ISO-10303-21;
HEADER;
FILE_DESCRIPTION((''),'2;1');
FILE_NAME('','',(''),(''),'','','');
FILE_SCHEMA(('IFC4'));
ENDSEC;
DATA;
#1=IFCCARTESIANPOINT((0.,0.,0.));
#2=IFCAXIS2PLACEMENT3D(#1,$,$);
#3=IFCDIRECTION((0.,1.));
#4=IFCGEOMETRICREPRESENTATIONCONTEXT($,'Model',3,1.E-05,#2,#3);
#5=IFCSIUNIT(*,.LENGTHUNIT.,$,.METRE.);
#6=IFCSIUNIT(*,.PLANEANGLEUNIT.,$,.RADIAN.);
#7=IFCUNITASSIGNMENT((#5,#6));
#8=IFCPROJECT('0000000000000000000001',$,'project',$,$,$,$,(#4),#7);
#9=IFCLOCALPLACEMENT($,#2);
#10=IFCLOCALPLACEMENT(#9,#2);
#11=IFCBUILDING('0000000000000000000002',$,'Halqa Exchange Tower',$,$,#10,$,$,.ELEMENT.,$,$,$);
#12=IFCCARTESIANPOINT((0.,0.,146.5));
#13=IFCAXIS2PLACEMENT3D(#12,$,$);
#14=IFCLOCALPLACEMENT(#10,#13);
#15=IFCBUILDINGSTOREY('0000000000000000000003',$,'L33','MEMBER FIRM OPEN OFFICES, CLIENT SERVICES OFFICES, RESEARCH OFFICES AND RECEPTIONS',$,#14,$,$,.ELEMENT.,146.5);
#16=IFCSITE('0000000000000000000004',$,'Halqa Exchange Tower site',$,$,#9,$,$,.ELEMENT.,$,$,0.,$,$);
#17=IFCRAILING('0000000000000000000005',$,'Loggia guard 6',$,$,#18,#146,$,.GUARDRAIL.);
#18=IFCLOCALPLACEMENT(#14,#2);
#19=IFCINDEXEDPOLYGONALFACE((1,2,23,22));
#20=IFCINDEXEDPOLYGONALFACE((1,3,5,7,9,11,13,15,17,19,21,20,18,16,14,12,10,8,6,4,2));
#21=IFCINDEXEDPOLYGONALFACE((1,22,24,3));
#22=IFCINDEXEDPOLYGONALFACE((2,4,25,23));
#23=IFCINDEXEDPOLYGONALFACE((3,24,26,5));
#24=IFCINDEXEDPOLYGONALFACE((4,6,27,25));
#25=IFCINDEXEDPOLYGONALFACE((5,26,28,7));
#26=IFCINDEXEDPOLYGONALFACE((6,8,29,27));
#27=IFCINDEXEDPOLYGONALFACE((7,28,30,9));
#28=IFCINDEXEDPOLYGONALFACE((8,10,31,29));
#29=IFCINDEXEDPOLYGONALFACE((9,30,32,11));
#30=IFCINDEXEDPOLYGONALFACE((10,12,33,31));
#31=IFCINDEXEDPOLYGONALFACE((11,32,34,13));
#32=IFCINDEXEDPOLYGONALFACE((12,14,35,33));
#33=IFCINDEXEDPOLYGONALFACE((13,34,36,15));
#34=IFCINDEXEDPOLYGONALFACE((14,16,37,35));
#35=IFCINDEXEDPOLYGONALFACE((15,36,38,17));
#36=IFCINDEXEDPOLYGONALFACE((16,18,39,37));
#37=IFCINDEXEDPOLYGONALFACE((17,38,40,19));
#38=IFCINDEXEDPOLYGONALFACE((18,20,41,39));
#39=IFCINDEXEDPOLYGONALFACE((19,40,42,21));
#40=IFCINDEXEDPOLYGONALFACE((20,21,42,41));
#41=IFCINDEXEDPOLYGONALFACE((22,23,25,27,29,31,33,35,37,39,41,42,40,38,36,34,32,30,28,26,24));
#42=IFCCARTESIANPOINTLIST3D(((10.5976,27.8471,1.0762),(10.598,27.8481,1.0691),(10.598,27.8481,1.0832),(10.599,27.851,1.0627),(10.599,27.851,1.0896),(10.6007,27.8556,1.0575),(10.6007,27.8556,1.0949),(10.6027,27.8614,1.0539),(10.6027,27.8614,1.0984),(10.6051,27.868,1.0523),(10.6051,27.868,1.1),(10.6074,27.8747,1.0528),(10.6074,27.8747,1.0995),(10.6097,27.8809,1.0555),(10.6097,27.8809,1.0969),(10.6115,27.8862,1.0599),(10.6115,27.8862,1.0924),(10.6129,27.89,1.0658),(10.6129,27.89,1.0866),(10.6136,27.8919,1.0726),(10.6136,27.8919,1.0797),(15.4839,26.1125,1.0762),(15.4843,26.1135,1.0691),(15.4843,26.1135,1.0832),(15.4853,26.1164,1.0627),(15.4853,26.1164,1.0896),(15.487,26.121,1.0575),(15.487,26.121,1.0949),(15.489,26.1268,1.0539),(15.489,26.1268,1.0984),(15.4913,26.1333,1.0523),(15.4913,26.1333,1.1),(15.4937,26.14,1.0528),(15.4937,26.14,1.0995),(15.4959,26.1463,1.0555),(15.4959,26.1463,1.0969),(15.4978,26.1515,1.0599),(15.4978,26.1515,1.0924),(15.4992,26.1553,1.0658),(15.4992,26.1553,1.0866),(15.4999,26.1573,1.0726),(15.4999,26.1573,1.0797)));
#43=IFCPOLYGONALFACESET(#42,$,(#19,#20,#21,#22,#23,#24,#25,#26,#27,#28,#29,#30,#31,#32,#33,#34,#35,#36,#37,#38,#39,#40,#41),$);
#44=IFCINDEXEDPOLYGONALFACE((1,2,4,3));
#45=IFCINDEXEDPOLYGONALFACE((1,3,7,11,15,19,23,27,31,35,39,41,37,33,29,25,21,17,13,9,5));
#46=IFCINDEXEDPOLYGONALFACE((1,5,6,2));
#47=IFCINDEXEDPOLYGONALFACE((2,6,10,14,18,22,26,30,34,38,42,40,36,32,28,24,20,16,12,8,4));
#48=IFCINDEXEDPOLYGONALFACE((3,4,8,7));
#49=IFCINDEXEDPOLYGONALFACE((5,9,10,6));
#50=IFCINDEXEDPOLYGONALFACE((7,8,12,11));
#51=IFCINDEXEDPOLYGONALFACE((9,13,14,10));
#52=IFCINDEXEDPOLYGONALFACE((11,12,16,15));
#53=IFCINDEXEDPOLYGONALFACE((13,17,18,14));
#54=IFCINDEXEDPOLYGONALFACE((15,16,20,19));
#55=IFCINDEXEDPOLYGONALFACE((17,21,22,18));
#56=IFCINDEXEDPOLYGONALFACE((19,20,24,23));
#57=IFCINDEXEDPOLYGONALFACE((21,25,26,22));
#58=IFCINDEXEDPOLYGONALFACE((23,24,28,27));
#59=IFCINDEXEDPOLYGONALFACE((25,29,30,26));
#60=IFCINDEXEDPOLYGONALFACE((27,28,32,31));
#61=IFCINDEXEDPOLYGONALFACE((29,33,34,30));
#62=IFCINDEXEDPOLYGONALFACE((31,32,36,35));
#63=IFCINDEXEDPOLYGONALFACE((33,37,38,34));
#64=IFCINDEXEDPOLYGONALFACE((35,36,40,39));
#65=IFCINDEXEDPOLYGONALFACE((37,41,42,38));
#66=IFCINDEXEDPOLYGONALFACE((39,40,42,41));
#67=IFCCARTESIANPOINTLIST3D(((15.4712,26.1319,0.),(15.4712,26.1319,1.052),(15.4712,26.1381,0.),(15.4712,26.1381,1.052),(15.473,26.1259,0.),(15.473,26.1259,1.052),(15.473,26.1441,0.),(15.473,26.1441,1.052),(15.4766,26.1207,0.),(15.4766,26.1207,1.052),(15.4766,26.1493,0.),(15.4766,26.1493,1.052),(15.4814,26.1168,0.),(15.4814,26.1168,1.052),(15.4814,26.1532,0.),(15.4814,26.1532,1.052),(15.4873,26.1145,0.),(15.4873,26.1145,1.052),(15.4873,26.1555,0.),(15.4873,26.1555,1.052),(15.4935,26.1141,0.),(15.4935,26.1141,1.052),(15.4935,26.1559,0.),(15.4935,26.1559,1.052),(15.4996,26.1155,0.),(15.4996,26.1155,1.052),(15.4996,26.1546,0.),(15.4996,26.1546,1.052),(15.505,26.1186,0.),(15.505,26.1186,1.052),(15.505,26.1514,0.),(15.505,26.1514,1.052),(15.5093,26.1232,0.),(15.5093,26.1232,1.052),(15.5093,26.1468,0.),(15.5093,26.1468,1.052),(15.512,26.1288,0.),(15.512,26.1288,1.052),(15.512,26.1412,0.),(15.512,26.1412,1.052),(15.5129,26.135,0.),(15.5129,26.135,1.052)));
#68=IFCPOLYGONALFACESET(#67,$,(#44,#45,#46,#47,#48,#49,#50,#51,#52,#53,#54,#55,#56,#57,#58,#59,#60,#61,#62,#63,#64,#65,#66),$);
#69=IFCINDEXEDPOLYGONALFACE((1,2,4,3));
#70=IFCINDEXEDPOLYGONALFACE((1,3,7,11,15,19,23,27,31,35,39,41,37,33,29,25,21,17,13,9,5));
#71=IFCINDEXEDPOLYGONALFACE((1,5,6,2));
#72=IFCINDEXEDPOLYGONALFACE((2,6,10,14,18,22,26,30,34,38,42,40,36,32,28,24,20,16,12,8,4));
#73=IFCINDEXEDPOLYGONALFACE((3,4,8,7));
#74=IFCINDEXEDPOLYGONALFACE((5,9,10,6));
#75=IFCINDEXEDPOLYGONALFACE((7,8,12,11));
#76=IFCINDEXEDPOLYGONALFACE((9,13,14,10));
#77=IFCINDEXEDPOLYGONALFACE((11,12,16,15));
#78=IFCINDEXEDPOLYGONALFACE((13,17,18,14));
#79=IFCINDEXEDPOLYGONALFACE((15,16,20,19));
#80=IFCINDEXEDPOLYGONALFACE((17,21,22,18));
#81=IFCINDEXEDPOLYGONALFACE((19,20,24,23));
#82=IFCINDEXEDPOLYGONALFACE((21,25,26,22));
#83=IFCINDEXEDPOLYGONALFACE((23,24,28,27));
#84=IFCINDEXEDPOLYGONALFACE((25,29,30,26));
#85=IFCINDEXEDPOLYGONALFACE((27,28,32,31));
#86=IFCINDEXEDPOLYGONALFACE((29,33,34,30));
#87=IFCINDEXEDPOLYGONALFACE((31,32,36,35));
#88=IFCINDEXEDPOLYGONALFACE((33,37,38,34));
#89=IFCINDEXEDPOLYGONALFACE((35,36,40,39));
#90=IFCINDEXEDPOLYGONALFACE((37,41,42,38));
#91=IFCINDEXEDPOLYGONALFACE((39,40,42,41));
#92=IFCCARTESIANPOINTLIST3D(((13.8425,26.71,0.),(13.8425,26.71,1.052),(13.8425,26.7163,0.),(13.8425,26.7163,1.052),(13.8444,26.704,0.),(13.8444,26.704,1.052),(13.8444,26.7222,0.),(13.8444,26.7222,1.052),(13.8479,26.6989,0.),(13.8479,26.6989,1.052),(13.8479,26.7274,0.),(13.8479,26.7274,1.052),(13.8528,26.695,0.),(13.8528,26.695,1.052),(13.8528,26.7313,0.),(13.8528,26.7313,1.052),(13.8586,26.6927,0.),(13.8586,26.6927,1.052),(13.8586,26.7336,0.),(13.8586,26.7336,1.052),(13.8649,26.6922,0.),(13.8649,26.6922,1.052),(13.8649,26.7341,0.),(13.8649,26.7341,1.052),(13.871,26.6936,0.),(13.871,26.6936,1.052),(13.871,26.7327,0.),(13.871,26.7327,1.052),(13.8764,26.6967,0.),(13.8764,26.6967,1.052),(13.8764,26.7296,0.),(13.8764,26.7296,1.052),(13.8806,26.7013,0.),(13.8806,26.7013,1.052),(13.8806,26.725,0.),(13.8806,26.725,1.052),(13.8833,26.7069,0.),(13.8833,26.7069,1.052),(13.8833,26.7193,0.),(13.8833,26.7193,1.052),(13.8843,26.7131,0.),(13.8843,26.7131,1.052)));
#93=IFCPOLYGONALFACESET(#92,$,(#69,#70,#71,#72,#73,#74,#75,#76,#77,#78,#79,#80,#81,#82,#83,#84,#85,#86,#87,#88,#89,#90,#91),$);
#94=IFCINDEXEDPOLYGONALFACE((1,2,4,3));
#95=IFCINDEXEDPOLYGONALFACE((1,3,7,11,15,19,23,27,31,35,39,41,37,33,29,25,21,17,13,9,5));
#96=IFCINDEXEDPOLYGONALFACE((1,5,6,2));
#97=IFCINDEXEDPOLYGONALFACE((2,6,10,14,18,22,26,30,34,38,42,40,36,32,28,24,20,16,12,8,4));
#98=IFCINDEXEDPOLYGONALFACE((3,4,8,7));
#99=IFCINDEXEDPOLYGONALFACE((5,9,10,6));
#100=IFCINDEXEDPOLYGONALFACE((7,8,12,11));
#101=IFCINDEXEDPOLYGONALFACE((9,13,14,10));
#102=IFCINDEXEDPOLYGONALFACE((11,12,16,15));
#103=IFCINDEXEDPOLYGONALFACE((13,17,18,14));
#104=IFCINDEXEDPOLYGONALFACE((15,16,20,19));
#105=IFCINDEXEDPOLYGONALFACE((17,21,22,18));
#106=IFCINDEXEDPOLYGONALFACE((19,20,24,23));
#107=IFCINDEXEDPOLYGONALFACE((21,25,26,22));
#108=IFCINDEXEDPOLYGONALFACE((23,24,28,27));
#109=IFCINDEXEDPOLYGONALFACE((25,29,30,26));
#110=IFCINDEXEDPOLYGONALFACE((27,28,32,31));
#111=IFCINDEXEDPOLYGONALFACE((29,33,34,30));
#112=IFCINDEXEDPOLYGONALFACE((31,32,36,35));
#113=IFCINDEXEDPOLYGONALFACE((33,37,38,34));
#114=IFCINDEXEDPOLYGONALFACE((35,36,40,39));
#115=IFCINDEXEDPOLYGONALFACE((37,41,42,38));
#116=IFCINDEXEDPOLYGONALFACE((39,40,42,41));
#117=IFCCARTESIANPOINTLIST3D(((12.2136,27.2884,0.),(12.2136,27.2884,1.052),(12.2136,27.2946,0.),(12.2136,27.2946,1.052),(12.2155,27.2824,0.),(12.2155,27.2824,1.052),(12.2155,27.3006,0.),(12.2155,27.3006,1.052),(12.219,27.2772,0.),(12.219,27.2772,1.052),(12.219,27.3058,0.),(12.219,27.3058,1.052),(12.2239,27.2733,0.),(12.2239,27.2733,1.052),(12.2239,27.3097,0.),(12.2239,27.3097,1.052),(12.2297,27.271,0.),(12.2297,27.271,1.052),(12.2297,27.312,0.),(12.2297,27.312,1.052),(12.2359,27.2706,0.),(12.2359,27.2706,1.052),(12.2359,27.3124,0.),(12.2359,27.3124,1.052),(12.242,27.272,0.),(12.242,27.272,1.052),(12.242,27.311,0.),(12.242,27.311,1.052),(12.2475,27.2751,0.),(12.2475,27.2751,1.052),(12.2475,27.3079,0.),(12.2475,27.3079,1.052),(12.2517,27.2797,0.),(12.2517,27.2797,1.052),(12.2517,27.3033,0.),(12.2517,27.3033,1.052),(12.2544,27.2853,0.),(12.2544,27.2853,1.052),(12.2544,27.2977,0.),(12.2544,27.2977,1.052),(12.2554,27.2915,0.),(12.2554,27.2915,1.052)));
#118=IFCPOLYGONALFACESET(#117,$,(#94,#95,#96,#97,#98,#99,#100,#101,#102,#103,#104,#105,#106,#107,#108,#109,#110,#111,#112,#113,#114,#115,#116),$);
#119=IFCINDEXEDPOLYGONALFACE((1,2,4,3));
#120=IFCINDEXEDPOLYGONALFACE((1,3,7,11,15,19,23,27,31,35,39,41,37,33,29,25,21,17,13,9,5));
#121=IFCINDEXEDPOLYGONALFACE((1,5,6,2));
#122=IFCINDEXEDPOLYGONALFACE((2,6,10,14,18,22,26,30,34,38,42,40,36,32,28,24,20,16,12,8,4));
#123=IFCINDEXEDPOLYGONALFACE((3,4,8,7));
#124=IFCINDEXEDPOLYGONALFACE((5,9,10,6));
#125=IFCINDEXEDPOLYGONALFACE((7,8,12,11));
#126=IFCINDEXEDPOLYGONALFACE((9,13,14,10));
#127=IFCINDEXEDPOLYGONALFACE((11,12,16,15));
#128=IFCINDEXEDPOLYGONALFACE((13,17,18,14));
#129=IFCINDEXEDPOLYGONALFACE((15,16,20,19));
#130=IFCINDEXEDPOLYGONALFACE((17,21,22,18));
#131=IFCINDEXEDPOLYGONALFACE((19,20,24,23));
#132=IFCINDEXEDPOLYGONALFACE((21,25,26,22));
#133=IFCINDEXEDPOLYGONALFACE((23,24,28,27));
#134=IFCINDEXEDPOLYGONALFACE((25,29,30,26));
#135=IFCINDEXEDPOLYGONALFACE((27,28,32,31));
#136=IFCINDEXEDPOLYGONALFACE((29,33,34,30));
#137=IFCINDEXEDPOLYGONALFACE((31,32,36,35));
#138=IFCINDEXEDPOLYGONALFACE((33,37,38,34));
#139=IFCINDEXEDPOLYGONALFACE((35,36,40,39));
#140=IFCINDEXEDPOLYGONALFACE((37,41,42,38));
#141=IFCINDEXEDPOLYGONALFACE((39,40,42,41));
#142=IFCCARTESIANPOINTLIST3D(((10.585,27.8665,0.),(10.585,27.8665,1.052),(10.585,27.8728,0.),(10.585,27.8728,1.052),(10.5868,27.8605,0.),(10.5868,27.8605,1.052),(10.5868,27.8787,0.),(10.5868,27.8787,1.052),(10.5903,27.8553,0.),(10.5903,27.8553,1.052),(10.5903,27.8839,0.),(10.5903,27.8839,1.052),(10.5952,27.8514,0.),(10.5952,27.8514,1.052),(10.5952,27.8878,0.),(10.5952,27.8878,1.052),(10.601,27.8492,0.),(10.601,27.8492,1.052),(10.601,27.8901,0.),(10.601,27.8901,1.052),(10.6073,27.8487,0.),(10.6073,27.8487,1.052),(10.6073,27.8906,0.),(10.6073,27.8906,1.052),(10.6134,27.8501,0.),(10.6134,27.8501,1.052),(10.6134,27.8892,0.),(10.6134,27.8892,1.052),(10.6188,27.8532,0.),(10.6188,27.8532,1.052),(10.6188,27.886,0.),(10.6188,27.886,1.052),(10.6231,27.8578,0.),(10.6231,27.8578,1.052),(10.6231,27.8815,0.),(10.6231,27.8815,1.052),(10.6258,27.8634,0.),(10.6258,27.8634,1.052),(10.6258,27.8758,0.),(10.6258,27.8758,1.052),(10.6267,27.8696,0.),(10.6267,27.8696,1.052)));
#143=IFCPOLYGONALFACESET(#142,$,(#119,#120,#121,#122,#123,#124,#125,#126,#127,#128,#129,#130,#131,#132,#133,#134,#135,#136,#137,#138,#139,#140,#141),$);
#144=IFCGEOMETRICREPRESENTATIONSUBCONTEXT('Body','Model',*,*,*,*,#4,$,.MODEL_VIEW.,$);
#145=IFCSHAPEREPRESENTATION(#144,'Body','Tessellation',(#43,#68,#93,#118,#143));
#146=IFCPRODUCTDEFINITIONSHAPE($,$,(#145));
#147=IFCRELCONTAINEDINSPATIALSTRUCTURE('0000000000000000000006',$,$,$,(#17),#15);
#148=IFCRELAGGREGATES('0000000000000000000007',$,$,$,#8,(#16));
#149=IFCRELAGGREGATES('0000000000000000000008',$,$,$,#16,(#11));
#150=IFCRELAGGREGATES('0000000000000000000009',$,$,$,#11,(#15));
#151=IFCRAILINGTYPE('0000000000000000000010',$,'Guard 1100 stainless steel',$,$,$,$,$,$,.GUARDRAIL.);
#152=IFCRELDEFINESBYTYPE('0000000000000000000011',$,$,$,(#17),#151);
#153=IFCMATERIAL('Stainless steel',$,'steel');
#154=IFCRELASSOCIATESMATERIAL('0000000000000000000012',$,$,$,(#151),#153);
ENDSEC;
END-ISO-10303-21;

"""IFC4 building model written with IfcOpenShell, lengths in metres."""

from ifc_helpers import new_model, si_unit, direction, frame, origin, origin_2d, place, context, subcontext, project, spatial, circle, extrude, material, type_object, element, save


model = new_model("IFC4")

# Units and contexts
model_context = context("Model", 3, precision=1e-05, world=origin(), true_north=direction((0.0, 1.0)))
body_context = subcontext(model_context, "Body", "Model", "MODEL_VIEW")
ifc_project = project(units=[si_unit("LENGTHUNIT", "METRE"), si_unit("PLANEANGLEUNIT", "RADIAN")], contexts=[model_context])

# Site, building, storey
site_placement = place(None, origin())
site = spatial("IfcSite", under=ifc_project, at=site_placement, Name="Halqa Exchange Tower site", CompositionType="ELEMENT", RefElevation=0.0)
building_placement = place(site_placement, origin())
building = spatial("IfcBuilding", under=site, at=building_placement, Name="Halqa Exchange Tower", CompositionType="ELEMENT")
storey_placement = place(building_placement, frame((0.0, 0.0, 146.5)))
storey = spatial("IfcBuildingStorey", under=building, at=storey_placement, Name="L33", Description="MEMBER FIRM OPEN OFFICES, CLIENT SERVICES OFFICES, RESEARCH OFFICES AND RECEPTIONS", CompositionType="ELEMENT", Elevation=146.5)

# Railing
ifc_material_1 = material(Name="Stainless steel", Category="steel")
railing_type = type_object("IfcRailingType", Name="Guard 1100 stainless steel", PredefinedType="GUARDRAIL", material=ifc_material_1)
railing_1_placement = place(storey_placement, frame((15.4919, 26.135, 0.0)))
element("IfcRailing", 1, at=railing_1_placement, inside=storey, type_object=railing_type, Name="Loggia guard 6", PredefinedType="GUARDRAIL", context=body_context, shape_type="SweptSolid", body=[
    extrude(circle(Radius=0.0239, at=origin_2d()), frame((0.0, 0.0, 1.0762), z_axis=(-0.942379, 0.334546, 0.0), x_axis=(-0.334546, -0.942379, 0.0)), (0.0, 0.0, 1.0), 5.1851),
    extrude(circle(Radius=0.021, at=origin_2d()), origin(), (0.0, 0.0, 1.0), 1.052),
    extrude(circle(Radius=0.021, at=origin_2d()), frame((-1.6287, 0.5781, 0.0)), (0.0, 0.0, 1.0), 1.052),
    extrude(circle(Radius=0.021, at=origin_2d()), frame((-3.2576, 1.1565, 0.0)), (0.0, 0.0, 1.0), 1.052),
    extrude(circle(Radius=0.021, at=origin_2d()), frame((-4.8862, 1.7346, 0.0)), (0.0, 0.0, 1.0), 1.052),
])

save(model, "model.ifc")
